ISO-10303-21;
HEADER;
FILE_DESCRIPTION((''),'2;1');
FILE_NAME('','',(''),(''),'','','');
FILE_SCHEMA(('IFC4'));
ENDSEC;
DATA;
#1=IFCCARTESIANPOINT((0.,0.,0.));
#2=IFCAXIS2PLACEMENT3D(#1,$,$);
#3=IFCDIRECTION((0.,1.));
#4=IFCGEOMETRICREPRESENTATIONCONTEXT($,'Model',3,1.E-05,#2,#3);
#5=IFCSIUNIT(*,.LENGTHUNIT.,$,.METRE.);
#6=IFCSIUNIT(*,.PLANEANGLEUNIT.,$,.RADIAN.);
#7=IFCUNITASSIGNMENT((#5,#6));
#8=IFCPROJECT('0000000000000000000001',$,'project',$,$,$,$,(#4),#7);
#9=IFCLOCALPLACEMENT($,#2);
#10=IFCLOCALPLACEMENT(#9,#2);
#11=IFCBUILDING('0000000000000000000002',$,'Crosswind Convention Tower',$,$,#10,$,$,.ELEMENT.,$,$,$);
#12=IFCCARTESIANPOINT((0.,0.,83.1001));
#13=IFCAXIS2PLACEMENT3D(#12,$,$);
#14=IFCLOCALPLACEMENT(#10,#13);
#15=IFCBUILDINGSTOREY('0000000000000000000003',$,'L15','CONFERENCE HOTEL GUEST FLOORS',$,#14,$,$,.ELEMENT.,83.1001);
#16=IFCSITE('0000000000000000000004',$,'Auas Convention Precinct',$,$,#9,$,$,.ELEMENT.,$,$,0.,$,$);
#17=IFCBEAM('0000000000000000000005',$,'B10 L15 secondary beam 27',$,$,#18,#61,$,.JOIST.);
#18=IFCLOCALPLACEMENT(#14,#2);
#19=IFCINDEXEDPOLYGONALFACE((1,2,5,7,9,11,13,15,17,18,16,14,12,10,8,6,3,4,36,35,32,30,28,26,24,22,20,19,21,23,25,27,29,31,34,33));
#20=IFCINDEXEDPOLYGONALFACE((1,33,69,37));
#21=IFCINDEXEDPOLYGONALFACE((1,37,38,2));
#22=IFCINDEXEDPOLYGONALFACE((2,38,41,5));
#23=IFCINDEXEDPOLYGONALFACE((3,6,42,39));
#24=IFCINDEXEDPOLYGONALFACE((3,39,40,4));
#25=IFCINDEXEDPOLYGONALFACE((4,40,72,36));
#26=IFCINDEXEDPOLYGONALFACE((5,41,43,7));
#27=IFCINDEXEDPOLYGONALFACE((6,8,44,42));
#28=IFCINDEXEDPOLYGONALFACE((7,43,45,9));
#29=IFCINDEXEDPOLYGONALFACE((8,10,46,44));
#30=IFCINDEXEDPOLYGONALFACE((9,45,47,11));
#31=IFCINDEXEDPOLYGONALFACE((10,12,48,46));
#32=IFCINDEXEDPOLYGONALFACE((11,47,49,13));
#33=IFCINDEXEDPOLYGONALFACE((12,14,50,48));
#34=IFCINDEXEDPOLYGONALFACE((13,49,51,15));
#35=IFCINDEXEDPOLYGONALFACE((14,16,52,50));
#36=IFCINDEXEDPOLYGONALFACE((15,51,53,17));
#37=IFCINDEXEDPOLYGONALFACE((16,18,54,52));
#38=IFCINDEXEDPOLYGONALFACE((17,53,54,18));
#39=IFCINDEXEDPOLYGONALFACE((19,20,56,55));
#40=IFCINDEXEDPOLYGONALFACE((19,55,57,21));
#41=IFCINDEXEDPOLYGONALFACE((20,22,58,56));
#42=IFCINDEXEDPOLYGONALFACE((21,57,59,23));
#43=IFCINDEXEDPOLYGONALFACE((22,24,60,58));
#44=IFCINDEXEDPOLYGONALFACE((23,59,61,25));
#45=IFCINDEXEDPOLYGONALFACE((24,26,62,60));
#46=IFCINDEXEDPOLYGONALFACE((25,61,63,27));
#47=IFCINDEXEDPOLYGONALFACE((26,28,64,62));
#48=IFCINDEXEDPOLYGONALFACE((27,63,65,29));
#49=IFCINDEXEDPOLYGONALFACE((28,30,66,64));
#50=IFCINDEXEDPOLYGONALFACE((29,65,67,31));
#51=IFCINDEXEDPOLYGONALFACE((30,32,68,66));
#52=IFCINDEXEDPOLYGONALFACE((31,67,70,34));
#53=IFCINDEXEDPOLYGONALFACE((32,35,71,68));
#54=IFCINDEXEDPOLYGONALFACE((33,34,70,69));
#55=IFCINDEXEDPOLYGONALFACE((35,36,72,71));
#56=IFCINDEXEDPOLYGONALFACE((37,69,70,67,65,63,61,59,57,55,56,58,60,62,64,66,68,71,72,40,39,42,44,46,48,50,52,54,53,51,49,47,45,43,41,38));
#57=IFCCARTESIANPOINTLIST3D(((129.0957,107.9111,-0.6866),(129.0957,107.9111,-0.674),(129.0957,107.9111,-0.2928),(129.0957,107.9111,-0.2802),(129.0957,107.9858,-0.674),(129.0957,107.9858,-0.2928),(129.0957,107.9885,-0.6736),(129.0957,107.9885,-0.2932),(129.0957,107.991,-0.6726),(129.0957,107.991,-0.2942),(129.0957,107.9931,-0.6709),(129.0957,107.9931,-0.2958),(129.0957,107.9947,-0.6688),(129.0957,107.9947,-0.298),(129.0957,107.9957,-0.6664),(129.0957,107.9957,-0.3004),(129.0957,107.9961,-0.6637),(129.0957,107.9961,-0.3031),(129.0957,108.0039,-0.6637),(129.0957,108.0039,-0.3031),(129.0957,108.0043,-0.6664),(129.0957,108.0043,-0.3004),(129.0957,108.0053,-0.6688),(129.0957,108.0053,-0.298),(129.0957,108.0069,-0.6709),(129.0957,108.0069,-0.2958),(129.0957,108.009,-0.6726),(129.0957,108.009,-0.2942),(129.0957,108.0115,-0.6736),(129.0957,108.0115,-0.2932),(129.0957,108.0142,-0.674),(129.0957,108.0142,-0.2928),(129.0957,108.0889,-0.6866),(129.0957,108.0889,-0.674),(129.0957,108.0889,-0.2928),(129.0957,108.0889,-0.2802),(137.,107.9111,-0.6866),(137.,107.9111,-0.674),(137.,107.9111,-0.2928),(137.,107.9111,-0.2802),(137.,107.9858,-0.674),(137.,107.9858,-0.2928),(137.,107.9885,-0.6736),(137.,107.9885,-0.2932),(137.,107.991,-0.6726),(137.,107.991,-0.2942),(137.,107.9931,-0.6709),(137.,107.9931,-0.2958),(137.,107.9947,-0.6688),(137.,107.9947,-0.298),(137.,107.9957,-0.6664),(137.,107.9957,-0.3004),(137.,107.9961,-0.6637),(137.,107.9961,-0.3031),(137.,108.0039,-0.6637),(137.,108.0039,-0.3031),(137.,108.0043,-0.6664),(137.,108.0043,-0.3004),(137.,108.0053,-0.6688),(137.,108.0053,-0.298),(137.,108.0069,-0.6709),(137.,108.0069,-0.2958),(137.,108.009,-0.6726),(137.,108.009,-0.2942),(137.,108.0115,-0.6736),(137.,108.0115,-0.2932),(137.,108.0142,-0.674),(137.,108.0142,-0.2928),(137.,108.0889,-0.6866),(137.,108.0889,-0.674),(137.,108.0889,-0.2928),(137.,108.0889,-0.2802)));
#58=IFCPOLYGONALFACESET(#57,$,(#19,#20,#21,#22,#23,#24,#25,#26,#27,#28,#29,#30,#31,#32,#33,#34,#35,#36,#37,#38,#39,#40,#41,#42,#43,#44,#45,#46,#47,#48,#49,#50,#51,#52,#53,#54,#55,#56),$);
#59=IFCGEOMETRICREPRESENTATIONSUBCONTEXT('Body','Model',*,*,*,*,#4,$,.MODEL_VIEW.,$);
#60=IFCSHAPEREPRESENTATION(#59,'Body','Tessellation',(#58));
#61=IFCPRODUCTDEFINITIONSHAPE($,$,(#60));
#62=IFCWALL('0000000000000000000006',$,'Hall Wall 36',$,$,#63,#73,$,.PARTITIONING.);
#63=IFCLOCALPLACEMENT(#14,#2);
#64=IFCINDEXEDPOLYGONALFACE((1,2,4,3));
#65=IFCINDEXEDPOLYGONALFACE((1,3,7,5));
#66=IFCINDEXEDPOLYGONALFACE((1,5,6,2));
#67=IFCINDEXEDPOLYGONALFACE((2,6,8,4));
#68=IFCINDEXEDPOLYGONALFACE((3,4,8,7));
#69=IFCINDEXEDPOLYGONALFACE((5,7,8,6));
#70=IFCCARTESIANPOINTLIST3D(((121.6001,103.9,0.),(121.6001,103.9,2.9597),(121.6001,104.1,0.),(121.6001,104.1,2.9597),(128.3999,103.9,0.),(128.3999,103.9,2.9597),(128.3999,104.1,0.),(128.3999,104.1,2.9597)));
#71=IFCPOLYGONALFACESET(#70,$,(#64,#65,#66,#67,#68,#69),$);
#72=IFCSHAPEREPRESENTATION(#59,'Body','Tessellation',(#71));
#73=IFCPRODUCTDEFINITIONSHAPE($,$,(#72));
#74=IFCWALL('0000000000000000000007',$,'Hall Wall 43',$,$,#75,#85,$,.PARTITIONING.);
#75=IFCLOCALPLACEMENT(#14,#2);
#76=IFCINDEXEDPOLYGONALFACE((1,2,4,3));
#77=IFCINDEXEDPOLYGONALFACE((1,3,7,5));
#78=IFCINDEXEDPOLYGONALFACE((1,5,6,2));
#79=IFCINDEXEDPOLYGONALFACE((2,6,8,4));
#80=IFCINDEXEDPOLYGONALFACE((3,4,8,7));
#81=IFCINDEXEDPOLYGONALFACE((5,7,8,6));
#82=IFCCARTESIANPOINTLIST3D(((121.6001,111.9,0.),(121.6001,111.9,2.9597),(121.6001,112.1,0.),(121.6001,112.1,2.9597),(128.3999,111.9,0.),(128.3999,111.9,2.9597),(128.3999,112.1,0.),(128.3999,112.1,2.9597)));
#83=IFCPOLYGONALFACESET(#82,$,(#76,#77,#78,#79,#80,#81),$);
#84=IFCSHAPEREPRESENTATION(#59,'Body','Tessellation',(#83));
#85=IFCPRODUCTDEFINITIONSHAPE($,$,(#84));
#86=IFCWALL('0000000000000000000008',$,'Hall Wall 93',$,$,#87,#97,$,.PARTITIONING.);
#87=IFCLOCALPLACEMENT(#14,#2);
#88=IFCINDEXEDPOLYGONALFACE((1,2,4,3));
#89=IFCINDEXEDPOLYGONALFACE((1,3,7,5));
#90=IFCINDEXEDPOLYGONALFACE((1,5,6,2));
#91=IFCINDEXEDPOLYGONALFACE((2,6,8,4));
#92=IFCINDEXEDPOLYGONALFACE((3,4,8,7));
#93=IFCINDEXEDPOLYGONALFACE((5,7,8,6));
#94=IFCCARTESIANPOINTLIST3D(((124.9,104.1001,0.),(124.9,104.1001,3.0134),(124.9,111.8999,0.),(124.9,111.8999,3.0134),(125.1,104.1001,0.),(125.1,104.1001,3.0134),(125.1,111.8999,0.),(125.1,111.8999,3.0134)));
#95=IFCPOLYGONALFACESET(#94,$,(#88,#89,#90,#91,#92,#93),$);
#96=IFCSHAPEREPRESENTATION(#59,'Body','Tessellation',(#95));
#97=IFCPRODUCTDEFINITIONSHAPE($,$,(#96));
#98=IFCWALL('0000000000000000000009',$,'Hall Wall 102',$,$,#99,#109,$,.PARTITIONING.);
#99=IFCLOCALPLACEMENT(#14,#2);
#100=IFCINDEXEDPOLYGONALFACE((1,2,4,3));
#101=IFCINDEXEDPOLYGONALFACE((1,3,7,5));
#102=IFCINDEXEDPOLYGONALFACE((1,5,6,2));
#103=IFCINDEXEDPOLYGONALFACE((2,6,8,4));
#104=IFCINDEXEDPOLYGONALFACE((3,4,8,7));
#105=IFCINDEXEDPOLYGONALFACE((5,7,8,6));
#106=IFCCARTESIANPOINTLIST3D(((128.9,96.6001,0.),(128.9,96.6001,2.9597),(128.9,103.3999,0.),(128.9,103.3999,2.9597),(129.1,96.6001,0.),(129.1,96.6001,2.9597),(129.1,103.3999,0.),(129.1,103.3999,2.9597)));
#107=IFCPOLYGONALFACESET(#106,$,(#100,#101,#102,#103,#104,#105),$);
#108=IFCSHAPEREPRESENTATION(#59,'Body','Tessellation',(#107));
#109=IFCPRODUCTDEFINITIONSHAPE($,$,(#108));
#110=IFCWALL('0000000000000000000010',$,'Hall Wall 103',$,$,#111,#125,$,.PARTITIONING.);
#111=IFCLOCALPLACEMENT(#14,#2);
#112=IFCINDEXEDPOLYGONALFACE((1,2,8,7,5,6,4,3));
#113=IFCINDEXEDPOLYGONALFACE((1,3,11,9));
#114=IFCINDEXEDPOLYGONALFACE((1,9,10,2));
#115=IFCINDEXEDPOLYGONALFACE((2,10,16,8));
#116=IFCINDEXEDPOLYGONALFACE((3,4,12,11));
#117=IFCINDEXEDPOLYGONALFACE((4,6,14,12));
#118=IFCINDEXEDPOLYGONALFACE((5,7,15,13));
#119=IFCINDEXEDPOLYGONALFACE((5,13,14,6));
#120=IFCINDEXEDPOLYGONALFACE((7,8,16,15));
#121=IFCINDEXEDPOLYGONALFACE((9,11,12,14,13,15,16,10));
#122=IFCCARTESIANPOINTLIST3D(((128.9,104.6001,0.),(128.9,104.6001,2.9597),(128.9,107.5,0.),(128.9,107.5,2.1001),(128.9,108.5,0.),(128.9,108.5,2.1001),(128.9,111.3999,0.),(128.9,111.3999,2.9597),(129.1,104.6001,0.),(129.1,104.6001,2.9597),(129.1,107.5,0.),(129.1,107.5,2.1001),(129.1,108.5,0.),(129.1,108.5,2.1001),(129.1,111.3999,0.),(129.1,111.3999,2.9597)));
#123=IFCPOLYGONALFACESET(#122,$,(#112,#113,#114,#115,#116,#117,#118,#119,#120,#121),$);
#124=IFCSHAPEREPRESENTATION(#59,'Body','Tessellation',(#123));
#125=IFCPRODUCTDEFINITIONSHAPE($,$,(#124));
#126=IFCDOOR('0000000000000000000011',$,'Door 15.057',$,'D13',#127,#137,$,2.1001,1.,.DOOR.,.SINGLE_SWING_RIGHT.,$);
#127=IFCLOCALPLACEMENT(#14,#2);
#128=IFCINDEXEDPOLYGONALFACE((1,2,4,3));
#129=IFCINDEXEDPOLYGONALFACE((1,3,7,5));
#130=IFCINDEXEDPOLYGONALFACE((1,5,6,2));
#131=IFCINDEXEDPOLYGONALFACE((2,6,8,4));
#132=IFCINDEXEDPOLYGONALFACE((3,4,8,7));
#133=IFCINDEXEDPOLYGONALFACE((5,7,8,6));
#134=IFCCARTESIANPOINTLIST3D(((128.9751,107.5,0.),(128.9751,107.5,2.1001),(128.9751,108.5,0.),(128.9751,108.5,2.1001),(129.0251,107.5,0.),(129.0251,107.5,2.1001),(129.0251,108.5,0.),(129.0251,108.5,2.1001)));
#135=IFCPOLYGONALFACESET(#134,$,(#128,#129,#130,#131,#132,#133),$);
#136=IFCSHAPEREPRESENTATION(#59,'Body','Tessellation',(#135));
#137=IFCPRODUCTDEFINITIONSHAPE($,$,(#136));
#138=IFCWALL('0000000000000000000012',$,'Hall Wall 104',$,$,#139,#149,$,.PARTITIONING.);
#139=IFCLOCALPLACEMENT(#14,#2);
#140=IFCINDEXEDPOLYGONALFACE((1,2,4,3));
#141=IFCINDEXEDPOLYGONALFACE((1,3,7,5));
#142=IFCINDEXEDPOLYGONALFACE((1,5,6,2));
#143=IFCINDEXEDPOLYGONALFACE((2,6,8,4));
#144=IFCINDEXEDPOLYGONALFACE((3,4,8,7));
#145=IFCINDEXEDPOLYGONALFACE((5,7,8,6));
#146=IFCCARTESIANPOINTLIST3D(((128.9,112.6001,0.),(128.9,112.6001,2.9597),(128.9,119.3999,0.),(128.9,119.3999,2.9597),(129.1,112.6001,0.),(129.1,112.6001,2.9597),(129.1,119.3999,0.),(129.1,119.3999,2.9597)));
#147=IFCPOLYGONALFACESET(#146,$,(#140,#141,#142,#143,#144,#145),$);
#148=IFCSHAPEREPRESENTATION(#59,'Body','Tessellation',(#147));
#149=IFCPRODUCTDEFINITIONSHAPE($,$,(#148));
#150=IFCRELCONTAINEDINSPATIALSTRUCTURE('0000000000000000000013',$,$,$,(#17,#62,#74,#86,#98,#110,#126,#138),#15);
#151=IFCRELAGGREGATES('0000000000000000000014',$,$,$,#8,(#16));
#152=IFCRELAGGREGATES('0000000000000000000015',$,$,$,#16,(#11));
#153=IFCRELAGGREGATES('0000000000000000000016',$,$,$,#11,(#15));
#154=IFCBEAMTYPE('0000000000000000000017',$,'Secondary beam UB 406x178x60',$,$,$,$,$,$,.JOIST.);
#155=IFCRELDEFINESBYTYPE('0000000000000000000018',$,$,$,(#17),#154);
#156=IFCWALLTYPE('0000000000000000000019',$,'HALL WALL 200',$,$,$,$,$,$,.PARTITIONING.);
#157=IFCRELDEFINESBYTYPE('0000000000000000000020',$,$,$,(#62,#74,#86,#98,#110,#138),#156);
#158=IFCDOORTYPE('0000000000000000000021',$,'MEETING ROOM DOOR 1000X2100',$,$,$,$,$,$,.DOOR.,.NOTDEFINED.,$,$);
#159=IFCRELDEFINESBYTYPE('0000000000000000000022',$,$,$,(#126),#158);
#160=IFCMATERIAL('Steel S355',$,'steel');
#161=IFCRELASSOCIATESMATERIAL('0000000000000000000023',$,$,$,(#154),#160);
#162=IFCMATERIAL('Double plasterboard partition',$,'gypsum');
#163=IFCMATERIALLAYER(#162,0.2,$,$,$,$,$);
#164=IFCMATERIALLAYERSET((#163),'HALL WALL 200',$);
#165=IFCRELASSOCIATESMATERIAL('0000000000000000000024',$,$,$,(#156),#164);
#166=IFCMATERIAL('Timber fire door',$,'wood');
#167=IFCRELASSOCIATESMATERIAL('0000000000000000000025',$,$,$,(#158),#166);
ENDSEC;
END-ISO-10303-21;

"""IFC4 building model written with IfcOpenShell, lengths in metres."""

from ifc_helpers import new_model, si_unit, direction, frame, frame_2d, origin, origin_2d, place, context, subcontext, project, spatial, rectangle, i_section, extrude, material, layer, layer_set, material_profile, profile_set, type_object, element, fill, save


model = new_model("IFC4")

# Units and contexts
model_context = context("Model", 3, precision=1e-05, world=origin(), true_north=direction((0.0, 1.0)))
body_context = subcontext(model_context, "Body", "Model", "MODEL_VIEW")
ifc_project = project(units=[si_unit("LENGTHUNIT", "METRE"), si_unit("PLANEANGLEUNIT", "RADIAN")], contexts=[model_context])

# Site, building, storey
site_placement = place(None, origin())
site = spatial("IfcSite", under=ifc_project, at=site_placement, Name="Auas Convention Precinct", CompositionType="ELEMENT", RefElevation=0.0)
building_placement = place(site_placement, origin())
building = spatial("IfcBuilding", under=site, at=building_placement, Name="Crosswind Convention Tower", CompositionType="ELEMENT")
storey_placement = place(building_placement, frame((0.0, 0.0, 83.1001)))
storey = spatial("IfcBuildingStorey", under=building, at=storey_placement, Name="L15", Description="CONFERENCE HOTEL GUEST FLOORS", CompositionType="ELEMENT", Elevation=83.1001)

# Beam
ifc_material_1 = material(Name="Steel S355", Category="steel")
ifc_material_profile_1 = material_profile(ifc_material_1, i_section(OverallWidth=0.1777, OverallDepth=0.4065, WebThickness=0.0078, FlangeThickness=0.0127, FilletRadius=0.0103, at=origin_2d()), Name="UB 406x178x60")
ifc_profile_set_1 = profile_set([ifc_material_profile_1], Name="Steel S355")
beam_type_1 = type_object("IfcBeamType", Name="Secondary beam UB 406x178x60", PredefinedType="JOIST", material=ifc_profile_set_1)
for number, where, z_axis, x_axis, name in (
    (1, (129.0957, 108.0, -0.4834), (1.0, 0.0, 0.0), (0.0, 1.0, 0.0), "B10 L15 secondary beam 27"),
):
    element("IfcBeam", number, at=place(storey_placement, frame(where, z_axis=z_axis, x_axis=x_axis)), inside=storey, type_object=beam_type_1, Name=name, PredefinedType="JOIST", context=body_context, shape_type="SweptSolid", body=[
        extrude(i_section(OverallWidth=0.1777, OverallDepth=0.4065, WebThickness=0.0078, FlangeThickness=0.0127, FilletRadius=0.0103, at=origin_2d()), origin(), (0.0, 0.0, 1.0), 7.9043),
    ])

# Walls
ifc_material_2 = material(Name="Double plasterboard partition", Category="gypsum")
ifc_layer = layer(ifc_material_2, 0.2)
ifc_layer_set = layer_set([ifc_layer], Name="HALL WALL 200")
wall_type = type_object("IfcWallType", Name="HALL WALL 200", PredefinedType="PARTITIONING", material=ifc_layer_set)
for number, where, z_axis, x_axis, name in (
    (2, (121.6001, 104.0, 0.0), (0.0, 0.0, 1.0), (1.0, 0.0, 0.0), "Hall Wall 36"),
    (3, (121.6001, 112.0, 0.0), (0.0, 0.0, 1.0), (1.0, 0.0, 0.0), "Hall Wall 43"),
):
    element("IfcWall", number, at=place(storey_placement, frame(where, z_axis=z_axis, x_axis=x_axis)), inside=storey, type_object=wall_type, Name=name, PredefinedType="PARTITIONING", context=body_context, shape_type="SweptSolid", body=[
        extrude(rectangle(XDim=6.7998, YDim=0.2, at=frame_2d((3.3999, 0.0))), origin(), (0.0, 0.0, 1.0), 2.9597),
    ])
wall_1_placement = place(storey_placement, frame((125.0, 104.1001, 0.0), z_axis=(0.0, 0.0, 1.0), x_axis=(0.0, 1.0, 0.0)))
element("IfcWall", 4, at=wall_1_placement, inside=storey, type_object=wall_type, Name="Hall Wall 93", PredefinedType="PARTITIONING", context=body_context, shape_type="SweptSolid", body=[
    extrude(rectangle(XDim=7.7998, YDim=0.2, at=frame_2d((3.8999, 0.0))), origin(), (0.0, 0.0, 1.0), 3.0134),
])
wall_2_placement = place(storey_placement, frame((129.0, 96.6001, 0.0), z_axis=(0.0, 0.0, 1.0), x_axis=(0.0, 1.0, 0.0)))
element("IfcWall", 5, at=wall_2_placement, inside=storey, type_object=wall_type, Name="Hall Wall 102", PredefinedType="PARTITIONING", context=body_context, shape_type="SweptSolid", body=[
    extrude(rectangle(XDim=6.7998, YDim=0.2, at=frame_2d((3.3999, 0.0))), origin(), (0.0, 0.0, 1.0), 2.9597),
])

# Wall, opening, door
wall_3_placement = place(storey_placement, frame((129.0, 104.6001, 0.0), z_axis=(0.0, 0.0, 1.0), x_axis=(0.0, 1.0, 0.0)))
wall_3 = element("IfcWall", 6, at=wall_3_placement, inside=storey, type_object=wall_type, Name="Hall Wall 103", PredefinedType="PARTITIONING", context=body_context, shape_type="SweptSolid", body=[
    extrude(rectangle(XDim=6.7998, YDim=0.2, at=frame_2d((3.3999, 0.0))), origin(), (0.0, 0.0, 1.0), 2.9597),
])
opening_placement = place(wall_3_placement, frame((2.8999, 0.0, 0.0)))
opening = element("IfcOpeningElement", 7, at=opening_placement, cuts=wall_3, PredefinedType="OPENING", context=body_context, shape_type="SweptSolid", body=[
    extrude(rectangle(XDim=1.0, YDim=2.1001, at=frame_2d((0.5, 1.05))), frame((0.0, 0.1099, 0.0), z_axis=(0.0, -1.0, 0.0), x_axis=(1.0, 0.0, 0.0)), (0.0, 0.0, 1.0), 0.22),
])
ifc_material_3 = material(Name="Timber fire door", Category="wood")
door_type = type_object("IfcDoorType", Name="MEETING ROOM DOOR 1000X2100", OperationType="NOTDEFINED", PredefinedType="DOOR", material=ifc_material_3)
door_placement = place(opening_placement, origin())
door = element("IfcDoor", 8, at=door_placement, inside=storey, type_object=door_type, Name="Door 15.057", ObjectType="D13", OperationType="SINGLE_SWING_RIGHT", OverallHeight=2.1001, OverallWidth=1.0, PredefinedType="DOOR", context=body_context, shape_type="SweptSolid", body=[
    extrude(rectangle(XDim=1.0, YDim=2.1001, at=frame_2d((0.5, 1.05))), frame((0.0, 0.0249, 0.0), z_axis=(0.0, -1.0, 0.0), x_axis=(1.0, 0.0, 0.0)), (0.0, 0.0, 1.0), 0.05),
])
fill(opening, door)

# Wall
wall_4_placement = place(storey_placement, frame((129.0, 112.6001, 0.0), z_axis=(0.0, 0.0, 1.0), x_axis=(0.0, 1.0, 0.0)))
element("IfcWall", 9, at=wall_4_placement, inside=storey, type_object=wall_type, Name="Hall Wall 104", PredefinedType="PARTITIONING", context=body_context, shape_type="SweptSolid", body=[
    extrude(rectangle(XDim=6.7998, YDim=0.2, at=frame_2d((3.3999, 0.0))), origin(), (0.0, 0.0, 1.0), 2.9597),
])

save(model, "model.ifc")
